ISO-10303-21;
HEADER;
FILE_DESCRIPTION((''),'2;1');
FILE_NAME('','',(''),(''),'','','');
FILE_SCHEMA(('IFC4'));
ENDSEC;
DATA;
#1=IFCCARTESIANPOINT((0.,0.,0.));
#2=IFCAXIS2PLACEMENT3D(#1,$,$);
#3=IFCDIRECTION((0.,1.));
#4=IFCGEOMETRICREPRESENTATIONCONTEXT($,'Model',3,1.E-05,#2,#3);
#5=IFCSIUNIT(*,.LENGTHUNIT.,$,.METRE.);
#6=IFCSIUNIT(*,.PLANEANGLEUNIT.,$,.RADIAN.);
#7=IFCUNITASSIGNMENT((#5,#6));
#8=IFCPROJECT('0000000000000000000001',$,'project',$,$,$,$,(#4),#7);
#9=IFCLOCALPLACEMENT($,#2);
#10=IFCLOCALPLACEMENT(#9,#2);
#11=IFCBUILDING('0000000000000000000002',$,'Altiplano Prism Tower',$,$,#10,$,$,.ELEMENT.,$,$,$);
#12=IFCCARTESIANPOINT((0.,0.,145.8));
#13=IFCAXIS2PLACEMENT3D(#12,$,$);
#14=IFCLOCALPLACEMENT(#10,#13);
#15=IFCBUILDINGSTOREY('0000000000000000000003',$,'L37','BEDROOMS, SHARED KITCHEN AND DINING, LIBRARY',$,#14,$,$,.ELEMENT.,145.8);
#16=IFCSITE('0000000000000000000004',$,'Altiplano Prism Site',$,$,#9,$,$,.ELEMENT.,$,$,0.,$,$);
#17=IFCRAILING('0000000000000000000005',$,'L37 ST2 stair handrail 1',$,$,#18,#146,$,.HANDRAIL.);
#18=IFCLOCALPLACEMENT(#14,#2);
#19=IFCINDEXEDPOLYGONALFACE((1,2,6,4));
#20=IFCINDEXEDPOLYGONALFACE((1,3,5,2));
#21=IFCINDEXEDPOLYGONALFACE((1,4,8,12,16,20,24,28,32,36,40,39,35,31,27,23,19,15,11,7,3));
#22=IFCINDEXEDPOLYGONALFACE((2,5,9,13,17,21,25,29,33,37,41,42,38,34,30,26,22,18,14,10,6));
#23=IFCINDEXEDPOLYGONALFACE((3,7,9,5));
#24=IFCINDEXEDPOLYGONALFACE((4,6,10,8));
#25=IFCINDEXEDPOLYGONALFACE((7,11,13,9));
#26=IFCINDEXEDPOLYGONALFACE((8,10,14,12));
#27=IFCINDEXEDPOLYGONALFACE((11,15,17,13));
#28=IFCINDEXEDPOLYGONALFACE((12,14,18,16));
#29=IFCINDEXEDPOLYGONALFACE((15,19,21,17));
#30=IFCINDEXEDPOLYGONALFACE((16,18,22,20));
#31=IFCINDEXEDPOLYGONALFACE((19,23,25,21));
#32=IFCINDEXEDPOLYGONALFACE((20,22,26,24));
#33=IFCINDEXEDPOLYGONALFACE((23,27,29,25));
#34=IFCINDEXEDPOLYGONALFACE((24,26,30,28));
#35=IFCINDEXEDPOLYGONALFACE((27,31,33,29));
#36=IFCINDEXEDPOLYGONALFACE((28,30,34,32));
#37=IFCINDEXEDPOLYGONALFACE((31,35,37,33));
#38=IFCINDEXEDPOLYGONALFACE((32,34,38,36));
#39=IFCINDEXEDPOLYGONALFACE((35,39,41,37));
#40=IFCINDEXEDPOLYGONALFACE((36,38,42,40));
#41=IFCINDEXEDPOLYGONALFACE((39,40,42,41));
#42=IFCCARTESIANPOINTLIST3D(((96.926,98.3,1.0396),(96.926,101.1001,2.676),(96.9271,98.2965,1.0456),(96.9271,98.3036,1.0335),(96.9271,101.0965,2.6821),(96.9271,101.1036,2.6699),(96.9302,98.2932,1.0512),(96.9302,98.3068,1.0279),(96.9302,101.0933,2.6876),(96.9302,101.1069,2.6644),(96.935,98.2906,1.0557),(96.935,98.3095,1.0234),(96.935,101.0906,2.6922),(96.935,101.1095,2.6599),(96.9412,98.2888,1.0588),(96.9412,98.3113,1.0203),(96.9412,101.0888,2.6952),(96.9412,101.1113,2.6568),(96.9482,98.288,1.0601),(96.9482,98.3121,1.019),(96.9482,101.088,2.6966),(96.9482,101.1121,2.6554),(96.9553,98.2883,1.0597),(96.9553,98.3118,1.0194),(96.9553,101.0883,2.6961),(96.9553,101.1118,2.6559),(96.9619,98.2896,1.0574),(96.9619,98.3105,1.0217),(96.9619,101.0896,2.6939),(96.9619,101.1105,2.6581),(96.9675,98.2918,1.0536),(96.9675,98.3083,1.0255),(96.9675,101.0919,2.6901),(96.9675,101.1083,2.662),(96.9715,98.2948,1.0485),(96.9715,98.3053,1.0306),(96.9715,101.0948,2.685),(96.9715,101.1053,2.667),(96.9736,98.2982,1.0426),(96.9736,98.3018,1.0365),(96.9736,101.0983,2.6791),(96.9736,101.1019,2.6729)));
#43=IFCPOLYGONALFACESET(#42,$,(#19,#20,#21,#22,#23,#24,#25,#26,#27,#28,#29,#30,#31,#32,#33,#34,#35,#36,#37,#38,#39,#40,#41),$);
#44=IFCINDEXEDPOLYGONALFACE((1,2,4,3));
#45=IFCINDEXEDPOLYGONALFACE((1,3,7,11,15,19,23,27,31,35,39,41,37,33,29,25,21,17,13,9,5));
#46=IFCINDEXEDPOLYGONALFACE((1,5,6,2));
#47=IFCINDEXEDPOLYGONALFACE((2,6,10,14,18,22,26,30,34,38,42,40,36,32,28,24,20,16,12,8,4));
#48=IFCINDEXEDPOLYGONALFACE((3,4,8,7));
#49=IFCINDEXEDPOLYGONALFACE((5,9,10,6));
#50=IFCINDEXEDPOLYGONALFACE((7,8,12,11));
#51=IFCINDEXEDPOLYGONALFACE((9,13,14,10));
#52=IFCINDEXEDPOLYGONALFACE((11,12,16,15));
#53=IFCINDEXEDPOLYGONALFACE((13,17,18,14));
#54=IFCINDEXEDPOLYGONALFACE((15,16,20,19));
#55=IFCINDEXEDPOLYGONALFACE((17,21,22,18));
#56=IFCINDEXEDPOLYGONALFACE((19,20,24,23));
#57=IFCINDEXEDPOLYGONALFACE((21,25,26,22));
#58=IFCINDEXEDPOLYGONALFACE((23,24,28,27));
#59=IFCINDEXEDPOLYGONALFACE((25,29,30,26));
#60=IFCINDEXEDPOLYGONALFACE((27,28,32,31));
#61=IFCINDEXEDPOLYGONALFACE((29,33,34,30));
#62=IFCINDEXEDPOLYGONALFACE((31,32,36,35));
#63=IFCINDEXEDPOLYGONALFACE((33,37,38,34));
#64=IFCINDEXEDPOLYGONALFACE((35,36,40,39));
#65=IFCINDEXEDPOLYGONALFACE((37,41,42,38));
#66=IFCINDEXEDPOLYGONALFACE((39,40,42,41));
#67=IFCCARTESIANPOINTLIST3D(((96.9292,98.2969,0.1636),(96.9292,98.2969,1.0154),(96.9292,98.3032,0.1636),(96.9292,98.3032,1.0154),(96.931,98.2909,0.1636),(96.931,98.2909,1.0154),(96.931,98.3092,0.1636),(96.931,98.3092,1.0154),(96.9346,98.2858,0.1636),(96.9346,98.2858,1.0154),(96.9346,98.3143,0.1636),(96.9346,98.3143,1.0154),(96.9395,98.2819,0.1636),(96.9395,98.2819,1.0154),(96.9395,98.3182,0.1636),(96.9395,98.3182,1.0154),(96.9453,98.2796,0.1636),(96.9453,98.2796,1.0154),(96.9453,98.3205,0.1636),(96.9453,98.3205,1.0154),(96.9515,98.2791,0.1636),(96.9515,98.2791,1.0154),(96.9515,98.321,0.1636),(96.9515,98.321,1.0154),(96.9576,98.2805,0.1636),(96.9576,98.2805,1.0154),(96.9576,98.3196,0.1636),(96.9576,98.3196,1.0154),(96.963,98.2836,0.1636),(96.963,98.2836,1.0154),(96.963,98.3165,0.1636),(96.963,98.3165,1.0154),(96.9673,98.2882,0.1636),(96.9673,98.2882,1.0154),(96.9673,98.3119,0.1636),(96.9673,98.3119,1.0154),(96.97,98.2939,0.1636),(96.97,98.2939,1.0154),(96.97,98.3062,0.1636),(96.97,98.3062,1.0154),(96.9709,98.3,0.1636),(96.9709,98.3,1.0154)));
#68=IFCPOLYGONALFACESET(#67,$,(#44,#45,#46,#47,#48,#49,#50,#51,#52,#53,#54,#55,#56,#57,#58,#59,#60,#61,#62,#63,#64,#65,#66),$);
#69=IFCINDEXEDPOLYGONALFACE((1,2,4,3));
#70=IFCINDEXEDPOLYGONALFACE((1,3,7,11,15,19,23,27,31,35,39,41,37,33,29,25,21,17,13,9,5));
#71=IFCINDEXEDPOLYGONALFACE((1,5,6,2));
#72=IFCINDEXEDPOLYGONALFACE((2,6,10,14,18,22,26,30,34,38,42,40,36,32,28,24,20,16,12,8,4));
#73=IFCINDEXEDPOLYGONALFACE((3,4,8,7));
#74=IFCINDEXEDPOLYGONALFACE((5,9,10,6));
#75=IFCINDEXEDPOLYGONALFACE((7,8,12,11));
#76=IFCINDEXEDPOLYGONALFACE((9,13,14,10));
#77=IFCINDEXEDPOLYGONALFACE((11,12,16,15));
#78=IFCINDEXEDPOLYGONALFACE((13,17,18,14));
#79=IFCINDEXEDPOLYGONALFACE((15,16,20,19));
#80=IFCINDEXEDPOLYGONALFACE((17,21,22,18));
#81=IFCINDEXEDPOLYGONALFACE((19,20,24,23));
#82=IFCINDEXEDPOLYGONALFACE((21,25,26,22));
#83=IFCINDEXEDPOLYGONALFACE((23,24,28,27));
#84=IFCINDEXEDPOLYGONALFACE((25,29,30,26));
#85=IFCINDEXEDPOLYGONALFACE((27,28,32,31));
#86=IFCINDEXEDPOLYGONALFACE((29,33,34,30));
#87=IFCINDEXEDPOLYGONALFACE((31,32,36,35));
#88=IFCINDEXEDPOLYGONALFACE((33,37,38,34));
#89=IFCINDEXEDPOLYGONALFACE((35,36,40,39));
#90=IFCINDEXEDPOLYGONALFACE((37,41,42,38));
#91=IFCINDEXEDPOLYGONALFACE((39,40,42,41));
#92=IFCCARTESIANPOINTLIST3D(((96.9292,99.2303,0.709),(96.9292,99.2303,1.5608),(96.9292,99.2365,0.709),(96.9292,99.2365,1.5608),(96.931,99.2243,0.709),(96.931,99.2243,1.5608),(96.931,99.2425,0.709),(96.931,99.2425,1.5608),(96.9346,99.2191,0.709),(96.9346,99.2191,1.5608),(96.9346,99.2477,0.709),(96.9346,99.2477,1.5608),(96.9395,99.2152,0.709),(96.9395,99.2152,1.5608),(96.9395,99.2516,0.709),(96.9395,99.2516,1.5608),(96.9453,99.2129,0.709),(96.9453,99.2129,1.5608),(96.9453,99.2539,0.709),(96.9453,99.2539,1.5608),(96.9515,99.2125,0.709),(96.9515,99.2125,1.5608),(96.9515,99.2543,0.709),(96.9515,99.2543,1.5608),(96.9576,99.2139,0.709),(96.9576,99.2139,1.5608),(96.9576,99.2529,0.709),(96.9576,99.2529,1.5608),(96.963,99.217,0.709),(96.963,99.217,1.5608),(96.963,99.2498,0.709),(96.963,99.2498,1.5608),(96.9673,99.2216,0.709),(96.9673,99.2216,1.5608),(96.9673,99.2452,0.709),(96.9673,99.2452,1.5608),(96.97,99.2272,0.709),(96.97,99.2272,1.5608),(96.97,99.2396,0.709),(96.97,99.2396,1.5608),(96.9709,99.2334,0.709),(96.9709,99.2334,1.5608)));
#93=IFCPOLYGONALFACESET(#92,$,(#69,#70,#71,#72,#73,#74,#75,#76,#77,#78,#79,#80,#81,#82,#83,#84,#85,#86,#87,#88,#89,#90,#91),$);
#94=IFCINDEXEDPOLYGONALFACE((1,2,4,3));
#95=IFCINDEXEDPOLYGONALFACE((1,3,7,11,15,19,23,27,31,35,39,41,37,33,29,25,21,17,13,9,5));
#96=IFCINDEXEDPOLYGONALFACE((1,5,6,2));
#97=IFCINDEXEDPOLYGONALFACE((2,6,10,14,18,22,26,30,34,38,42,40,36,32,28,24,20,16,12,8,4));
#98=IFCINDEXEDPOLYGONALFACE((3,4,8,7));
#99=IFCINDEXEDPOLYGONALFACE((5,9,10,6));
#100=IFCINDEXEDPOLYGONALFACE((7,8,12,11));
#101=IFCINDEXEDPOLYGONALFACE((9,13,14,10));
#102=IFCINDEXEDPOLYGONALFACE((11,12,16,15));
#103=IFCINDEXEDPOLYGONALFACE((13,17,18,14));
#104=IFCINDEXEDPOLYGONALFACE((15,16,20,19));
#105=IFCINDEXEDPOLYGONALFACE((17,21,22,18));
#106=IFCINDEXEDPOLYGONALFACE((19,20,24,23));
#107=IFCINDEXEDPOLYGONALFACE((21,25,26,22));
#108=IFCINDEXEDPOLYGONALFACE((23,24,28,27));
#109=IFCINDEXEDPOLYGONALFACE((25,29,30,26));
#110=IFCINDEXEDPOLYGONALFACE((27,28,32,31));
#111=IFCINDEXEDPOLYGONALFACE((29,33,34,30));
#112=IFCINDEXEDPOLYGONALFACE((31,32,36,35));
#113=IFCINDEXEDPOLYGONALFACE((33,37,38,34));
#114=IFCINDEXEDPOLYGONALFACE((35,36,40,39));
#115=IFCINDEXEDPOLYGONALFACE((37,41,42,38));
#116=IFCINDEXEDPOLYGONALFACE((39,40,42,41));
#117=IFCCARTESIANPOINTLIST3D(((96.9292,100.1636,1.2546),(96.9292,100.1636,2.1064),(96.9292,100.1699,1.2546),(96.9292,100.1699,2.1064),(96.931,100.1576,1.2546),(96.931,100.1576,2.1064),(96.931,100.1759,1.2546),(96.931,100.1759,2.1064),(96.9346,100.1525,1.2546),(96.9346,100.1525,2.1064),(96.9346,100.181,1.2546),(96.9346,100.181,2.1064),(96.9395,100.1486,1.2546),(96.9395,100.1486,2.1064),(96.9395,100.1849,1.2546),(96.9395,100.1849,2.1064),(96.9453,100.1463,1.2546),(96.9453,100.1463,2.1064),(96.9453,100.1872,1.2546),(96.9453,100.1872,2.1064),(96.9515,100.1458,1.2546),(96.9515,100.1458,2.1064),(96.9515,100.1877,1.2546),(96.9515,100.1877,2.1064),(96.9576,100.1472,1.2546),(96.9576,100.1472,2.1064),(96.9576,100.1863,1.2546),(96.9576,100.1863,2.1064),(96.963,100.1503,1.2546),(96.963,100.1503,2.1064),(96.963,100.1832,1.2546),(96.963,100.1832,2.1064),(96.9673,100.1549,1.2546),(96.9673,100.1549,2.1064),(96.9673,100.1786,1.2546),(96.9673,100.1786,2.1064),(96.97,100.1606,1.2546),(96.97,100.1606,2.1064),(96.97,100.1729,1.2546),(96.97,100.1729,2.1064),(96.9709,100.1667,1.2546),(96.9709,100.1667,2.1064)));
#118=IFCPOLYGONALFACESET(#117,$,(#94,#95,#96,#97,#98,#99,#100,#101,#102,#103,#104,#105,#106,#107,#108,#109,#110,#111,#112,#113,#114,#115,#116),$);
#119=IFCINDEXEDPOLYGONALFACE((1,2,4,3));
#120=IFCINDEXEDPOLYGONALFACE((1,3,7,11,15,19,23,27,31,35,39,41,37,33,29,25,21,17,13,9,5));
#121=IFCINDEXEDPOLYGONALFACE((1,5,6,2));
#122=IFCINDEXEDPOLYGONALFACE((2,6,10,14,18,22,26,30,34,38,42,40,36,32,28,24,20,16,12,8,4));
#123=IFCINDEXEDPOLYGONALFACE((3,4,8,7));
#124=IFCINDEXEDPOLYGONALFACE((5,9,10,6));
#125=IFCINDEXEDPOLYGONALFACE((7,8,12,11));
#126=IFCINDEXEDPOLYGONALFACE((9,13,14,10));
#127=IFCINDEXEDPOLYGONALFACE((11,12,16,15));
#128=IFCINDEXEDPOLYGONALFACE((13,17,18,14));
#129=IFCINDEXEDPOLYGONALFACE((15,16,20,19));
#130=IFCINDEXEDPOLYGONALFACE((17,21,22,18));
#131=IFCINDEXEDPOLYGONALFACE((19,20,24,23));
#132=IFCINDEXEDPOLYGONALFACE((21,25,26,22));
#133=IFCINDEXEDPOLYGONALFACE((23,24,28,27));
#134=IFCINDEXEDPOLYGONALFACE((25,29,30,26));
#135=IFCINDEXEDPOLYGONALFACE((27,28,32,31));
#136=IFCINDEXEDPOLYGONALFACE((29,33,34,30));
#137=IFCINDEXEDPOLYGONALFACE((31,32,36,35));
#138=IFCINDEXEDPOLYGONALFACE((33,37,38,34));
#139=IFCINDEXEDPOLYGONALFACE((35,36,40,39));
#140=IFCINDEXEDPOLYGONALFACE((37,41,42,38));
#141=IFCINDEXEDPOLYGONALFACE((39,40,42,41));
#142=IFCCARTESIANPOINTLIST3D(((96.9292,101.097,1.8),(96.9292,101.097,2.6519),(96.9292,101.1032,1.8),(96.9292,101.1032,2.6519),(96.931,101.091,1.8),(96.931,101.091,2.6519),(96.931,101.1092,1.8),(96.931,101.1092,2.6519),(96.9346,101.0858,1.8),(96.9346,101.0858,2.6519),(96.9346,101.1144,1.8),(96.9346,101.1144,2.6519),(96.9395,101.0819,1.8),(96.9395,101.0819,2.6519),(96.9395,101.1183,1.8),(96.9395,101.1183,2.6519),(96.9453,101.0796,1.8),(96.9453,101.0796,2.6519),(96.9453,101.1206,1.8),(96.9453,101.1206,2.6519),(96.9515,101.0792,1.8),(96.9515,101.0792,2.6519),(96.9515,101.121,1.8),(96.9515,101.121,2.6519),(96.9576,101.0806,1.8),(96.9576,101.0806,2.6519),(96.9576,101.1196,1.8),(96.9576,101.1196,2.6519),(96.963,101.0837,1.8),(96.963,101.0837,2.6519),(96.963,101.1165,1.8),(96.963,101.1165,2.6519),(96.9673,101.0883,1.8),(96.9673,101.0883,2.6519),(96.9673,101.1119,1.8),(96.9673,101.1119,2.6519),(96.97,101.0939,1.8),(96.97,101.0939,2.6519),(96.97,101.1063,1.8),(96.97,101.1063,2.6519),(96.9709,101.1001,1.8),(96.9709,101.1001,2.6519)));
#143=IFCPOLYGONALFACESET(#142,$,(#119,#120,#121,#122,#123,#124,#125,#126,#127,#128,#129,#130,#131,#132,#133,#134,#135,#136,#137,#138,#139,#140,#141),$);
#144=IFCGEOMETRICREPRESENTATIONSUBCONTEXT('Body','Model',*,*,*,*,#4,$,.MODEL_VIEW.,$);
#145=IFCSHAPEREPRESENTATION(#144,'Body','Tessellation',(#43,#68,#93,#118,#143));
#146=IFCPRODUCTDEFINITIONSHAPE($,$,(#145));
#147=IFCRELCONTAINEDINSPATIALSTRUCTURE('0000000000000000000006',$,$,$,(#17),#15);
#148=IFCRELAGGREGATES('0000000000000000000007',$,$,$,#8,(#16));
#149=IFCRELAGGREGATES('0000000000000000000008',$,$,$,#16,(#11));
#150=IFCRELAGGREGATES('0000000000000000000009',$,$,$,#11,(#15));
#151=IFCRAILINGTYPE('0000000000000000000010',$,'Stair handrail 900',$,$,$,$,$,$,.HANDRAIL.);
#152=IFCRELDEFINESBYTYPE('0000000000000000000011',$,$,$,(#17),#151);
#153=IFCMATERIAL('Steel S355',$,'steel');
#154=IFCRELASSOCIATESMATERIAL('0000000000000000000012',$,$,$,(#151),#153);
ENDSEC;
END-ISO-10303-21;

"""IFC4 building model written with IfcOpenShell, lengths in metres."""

from ifc_helpers import new_model, si_unit, direction, frame, origin, origin_2d, place, context, subcontext, project, spatial, circle, extrude, material, type_object, element, save


model = new_model("IFC4")

# Units and contexts
model_context = context("Model", 3, precision=1e-05, world=origin(), true_north=direction((0.0, 1.0)))
body_context = subcontext(model_context, "Body", "Model", "MODEL_VIEW")
ifc_project = project(units=[si_unit("LENGTHUNIT", "METRE"), si_unit("PLANEANGLEUNIT", "RADIAN")], contexts=[model_context])

# Site, building, storey
site_placement = place(None, origin())
site = spatial("IfcSite", under=ifc_project, at=site_placement, Name="Altiplano Prism Site", CompositionType="ELEMENT", RefElevation=0.0)
building_placement = place(site_placement, origin())
building = spatial("IfcBuilding", under=site, at=building_placement, Name="Altiplano Prism Tower", CompositionType="ELEMENT")
storey_placement = place(building_placement, frame((0.0, 0.0, 145.8)))
storey = spatial("IfcBuildingStorey", under=building, at=storey_placement, Name="L37", Description="BEDROOMS, SHARED KITCHEN AND DINING, LIBRARY", CompositionType="ELEMENT", Elevation=145.8)

# Railing
ifc_material_1 = material(Name="Steel S355", Category="steel")
railing_type_1 = type_object("IfcRailingType", Name="Stair handrail 900", PredefinedType="HANDRAIL", material=ifc_material_1)
railing_1_placement = place(storey_placement, frame((96.95, 98.3, 0.1636)))
element("IfcRailing", 1, at=railing_1_placement, inside=storey, type_object=railing_type_1, Name="L37 ST2 stair handrail 1", PredefinedType="HANDRAIL", context=body_context, shape_type="SweptSolid", body=[
    extrude(circle(Radius=0.0239, at=origin_2d()), frame((0.0, 0.0, 0.876), z_axis=(0.0, 0.863361, 0.504587), x_axis=(-1.0, 0.0, 0.0)), (0.0, 0.0, 1.0), 3.2432),
    extrude(circle(Radius=0.021, at=origin_2d()), origin(), (0.0, 0.0, 1.0), 0.8518),
    extrude(circle(Radius=0.021, at=origin_2d()), frame((0.0, 0.9333, 0.5454)), (0.0, 0.0, 1.0), 0.8518),
    extrude(circle(Radius=0.021, at=origin_2d()), frame((0.0, 1.8667, 1.0911)), (0.0, 0.0, 1.0), 0.8518),
    extrude(circle(Radius=0.021, at=origin_2d()), frame((0.0, 2.8, 1.6365)), (0.0, 0.0, 1.0), 0.8518),
])

save(model, "model.ifc")
